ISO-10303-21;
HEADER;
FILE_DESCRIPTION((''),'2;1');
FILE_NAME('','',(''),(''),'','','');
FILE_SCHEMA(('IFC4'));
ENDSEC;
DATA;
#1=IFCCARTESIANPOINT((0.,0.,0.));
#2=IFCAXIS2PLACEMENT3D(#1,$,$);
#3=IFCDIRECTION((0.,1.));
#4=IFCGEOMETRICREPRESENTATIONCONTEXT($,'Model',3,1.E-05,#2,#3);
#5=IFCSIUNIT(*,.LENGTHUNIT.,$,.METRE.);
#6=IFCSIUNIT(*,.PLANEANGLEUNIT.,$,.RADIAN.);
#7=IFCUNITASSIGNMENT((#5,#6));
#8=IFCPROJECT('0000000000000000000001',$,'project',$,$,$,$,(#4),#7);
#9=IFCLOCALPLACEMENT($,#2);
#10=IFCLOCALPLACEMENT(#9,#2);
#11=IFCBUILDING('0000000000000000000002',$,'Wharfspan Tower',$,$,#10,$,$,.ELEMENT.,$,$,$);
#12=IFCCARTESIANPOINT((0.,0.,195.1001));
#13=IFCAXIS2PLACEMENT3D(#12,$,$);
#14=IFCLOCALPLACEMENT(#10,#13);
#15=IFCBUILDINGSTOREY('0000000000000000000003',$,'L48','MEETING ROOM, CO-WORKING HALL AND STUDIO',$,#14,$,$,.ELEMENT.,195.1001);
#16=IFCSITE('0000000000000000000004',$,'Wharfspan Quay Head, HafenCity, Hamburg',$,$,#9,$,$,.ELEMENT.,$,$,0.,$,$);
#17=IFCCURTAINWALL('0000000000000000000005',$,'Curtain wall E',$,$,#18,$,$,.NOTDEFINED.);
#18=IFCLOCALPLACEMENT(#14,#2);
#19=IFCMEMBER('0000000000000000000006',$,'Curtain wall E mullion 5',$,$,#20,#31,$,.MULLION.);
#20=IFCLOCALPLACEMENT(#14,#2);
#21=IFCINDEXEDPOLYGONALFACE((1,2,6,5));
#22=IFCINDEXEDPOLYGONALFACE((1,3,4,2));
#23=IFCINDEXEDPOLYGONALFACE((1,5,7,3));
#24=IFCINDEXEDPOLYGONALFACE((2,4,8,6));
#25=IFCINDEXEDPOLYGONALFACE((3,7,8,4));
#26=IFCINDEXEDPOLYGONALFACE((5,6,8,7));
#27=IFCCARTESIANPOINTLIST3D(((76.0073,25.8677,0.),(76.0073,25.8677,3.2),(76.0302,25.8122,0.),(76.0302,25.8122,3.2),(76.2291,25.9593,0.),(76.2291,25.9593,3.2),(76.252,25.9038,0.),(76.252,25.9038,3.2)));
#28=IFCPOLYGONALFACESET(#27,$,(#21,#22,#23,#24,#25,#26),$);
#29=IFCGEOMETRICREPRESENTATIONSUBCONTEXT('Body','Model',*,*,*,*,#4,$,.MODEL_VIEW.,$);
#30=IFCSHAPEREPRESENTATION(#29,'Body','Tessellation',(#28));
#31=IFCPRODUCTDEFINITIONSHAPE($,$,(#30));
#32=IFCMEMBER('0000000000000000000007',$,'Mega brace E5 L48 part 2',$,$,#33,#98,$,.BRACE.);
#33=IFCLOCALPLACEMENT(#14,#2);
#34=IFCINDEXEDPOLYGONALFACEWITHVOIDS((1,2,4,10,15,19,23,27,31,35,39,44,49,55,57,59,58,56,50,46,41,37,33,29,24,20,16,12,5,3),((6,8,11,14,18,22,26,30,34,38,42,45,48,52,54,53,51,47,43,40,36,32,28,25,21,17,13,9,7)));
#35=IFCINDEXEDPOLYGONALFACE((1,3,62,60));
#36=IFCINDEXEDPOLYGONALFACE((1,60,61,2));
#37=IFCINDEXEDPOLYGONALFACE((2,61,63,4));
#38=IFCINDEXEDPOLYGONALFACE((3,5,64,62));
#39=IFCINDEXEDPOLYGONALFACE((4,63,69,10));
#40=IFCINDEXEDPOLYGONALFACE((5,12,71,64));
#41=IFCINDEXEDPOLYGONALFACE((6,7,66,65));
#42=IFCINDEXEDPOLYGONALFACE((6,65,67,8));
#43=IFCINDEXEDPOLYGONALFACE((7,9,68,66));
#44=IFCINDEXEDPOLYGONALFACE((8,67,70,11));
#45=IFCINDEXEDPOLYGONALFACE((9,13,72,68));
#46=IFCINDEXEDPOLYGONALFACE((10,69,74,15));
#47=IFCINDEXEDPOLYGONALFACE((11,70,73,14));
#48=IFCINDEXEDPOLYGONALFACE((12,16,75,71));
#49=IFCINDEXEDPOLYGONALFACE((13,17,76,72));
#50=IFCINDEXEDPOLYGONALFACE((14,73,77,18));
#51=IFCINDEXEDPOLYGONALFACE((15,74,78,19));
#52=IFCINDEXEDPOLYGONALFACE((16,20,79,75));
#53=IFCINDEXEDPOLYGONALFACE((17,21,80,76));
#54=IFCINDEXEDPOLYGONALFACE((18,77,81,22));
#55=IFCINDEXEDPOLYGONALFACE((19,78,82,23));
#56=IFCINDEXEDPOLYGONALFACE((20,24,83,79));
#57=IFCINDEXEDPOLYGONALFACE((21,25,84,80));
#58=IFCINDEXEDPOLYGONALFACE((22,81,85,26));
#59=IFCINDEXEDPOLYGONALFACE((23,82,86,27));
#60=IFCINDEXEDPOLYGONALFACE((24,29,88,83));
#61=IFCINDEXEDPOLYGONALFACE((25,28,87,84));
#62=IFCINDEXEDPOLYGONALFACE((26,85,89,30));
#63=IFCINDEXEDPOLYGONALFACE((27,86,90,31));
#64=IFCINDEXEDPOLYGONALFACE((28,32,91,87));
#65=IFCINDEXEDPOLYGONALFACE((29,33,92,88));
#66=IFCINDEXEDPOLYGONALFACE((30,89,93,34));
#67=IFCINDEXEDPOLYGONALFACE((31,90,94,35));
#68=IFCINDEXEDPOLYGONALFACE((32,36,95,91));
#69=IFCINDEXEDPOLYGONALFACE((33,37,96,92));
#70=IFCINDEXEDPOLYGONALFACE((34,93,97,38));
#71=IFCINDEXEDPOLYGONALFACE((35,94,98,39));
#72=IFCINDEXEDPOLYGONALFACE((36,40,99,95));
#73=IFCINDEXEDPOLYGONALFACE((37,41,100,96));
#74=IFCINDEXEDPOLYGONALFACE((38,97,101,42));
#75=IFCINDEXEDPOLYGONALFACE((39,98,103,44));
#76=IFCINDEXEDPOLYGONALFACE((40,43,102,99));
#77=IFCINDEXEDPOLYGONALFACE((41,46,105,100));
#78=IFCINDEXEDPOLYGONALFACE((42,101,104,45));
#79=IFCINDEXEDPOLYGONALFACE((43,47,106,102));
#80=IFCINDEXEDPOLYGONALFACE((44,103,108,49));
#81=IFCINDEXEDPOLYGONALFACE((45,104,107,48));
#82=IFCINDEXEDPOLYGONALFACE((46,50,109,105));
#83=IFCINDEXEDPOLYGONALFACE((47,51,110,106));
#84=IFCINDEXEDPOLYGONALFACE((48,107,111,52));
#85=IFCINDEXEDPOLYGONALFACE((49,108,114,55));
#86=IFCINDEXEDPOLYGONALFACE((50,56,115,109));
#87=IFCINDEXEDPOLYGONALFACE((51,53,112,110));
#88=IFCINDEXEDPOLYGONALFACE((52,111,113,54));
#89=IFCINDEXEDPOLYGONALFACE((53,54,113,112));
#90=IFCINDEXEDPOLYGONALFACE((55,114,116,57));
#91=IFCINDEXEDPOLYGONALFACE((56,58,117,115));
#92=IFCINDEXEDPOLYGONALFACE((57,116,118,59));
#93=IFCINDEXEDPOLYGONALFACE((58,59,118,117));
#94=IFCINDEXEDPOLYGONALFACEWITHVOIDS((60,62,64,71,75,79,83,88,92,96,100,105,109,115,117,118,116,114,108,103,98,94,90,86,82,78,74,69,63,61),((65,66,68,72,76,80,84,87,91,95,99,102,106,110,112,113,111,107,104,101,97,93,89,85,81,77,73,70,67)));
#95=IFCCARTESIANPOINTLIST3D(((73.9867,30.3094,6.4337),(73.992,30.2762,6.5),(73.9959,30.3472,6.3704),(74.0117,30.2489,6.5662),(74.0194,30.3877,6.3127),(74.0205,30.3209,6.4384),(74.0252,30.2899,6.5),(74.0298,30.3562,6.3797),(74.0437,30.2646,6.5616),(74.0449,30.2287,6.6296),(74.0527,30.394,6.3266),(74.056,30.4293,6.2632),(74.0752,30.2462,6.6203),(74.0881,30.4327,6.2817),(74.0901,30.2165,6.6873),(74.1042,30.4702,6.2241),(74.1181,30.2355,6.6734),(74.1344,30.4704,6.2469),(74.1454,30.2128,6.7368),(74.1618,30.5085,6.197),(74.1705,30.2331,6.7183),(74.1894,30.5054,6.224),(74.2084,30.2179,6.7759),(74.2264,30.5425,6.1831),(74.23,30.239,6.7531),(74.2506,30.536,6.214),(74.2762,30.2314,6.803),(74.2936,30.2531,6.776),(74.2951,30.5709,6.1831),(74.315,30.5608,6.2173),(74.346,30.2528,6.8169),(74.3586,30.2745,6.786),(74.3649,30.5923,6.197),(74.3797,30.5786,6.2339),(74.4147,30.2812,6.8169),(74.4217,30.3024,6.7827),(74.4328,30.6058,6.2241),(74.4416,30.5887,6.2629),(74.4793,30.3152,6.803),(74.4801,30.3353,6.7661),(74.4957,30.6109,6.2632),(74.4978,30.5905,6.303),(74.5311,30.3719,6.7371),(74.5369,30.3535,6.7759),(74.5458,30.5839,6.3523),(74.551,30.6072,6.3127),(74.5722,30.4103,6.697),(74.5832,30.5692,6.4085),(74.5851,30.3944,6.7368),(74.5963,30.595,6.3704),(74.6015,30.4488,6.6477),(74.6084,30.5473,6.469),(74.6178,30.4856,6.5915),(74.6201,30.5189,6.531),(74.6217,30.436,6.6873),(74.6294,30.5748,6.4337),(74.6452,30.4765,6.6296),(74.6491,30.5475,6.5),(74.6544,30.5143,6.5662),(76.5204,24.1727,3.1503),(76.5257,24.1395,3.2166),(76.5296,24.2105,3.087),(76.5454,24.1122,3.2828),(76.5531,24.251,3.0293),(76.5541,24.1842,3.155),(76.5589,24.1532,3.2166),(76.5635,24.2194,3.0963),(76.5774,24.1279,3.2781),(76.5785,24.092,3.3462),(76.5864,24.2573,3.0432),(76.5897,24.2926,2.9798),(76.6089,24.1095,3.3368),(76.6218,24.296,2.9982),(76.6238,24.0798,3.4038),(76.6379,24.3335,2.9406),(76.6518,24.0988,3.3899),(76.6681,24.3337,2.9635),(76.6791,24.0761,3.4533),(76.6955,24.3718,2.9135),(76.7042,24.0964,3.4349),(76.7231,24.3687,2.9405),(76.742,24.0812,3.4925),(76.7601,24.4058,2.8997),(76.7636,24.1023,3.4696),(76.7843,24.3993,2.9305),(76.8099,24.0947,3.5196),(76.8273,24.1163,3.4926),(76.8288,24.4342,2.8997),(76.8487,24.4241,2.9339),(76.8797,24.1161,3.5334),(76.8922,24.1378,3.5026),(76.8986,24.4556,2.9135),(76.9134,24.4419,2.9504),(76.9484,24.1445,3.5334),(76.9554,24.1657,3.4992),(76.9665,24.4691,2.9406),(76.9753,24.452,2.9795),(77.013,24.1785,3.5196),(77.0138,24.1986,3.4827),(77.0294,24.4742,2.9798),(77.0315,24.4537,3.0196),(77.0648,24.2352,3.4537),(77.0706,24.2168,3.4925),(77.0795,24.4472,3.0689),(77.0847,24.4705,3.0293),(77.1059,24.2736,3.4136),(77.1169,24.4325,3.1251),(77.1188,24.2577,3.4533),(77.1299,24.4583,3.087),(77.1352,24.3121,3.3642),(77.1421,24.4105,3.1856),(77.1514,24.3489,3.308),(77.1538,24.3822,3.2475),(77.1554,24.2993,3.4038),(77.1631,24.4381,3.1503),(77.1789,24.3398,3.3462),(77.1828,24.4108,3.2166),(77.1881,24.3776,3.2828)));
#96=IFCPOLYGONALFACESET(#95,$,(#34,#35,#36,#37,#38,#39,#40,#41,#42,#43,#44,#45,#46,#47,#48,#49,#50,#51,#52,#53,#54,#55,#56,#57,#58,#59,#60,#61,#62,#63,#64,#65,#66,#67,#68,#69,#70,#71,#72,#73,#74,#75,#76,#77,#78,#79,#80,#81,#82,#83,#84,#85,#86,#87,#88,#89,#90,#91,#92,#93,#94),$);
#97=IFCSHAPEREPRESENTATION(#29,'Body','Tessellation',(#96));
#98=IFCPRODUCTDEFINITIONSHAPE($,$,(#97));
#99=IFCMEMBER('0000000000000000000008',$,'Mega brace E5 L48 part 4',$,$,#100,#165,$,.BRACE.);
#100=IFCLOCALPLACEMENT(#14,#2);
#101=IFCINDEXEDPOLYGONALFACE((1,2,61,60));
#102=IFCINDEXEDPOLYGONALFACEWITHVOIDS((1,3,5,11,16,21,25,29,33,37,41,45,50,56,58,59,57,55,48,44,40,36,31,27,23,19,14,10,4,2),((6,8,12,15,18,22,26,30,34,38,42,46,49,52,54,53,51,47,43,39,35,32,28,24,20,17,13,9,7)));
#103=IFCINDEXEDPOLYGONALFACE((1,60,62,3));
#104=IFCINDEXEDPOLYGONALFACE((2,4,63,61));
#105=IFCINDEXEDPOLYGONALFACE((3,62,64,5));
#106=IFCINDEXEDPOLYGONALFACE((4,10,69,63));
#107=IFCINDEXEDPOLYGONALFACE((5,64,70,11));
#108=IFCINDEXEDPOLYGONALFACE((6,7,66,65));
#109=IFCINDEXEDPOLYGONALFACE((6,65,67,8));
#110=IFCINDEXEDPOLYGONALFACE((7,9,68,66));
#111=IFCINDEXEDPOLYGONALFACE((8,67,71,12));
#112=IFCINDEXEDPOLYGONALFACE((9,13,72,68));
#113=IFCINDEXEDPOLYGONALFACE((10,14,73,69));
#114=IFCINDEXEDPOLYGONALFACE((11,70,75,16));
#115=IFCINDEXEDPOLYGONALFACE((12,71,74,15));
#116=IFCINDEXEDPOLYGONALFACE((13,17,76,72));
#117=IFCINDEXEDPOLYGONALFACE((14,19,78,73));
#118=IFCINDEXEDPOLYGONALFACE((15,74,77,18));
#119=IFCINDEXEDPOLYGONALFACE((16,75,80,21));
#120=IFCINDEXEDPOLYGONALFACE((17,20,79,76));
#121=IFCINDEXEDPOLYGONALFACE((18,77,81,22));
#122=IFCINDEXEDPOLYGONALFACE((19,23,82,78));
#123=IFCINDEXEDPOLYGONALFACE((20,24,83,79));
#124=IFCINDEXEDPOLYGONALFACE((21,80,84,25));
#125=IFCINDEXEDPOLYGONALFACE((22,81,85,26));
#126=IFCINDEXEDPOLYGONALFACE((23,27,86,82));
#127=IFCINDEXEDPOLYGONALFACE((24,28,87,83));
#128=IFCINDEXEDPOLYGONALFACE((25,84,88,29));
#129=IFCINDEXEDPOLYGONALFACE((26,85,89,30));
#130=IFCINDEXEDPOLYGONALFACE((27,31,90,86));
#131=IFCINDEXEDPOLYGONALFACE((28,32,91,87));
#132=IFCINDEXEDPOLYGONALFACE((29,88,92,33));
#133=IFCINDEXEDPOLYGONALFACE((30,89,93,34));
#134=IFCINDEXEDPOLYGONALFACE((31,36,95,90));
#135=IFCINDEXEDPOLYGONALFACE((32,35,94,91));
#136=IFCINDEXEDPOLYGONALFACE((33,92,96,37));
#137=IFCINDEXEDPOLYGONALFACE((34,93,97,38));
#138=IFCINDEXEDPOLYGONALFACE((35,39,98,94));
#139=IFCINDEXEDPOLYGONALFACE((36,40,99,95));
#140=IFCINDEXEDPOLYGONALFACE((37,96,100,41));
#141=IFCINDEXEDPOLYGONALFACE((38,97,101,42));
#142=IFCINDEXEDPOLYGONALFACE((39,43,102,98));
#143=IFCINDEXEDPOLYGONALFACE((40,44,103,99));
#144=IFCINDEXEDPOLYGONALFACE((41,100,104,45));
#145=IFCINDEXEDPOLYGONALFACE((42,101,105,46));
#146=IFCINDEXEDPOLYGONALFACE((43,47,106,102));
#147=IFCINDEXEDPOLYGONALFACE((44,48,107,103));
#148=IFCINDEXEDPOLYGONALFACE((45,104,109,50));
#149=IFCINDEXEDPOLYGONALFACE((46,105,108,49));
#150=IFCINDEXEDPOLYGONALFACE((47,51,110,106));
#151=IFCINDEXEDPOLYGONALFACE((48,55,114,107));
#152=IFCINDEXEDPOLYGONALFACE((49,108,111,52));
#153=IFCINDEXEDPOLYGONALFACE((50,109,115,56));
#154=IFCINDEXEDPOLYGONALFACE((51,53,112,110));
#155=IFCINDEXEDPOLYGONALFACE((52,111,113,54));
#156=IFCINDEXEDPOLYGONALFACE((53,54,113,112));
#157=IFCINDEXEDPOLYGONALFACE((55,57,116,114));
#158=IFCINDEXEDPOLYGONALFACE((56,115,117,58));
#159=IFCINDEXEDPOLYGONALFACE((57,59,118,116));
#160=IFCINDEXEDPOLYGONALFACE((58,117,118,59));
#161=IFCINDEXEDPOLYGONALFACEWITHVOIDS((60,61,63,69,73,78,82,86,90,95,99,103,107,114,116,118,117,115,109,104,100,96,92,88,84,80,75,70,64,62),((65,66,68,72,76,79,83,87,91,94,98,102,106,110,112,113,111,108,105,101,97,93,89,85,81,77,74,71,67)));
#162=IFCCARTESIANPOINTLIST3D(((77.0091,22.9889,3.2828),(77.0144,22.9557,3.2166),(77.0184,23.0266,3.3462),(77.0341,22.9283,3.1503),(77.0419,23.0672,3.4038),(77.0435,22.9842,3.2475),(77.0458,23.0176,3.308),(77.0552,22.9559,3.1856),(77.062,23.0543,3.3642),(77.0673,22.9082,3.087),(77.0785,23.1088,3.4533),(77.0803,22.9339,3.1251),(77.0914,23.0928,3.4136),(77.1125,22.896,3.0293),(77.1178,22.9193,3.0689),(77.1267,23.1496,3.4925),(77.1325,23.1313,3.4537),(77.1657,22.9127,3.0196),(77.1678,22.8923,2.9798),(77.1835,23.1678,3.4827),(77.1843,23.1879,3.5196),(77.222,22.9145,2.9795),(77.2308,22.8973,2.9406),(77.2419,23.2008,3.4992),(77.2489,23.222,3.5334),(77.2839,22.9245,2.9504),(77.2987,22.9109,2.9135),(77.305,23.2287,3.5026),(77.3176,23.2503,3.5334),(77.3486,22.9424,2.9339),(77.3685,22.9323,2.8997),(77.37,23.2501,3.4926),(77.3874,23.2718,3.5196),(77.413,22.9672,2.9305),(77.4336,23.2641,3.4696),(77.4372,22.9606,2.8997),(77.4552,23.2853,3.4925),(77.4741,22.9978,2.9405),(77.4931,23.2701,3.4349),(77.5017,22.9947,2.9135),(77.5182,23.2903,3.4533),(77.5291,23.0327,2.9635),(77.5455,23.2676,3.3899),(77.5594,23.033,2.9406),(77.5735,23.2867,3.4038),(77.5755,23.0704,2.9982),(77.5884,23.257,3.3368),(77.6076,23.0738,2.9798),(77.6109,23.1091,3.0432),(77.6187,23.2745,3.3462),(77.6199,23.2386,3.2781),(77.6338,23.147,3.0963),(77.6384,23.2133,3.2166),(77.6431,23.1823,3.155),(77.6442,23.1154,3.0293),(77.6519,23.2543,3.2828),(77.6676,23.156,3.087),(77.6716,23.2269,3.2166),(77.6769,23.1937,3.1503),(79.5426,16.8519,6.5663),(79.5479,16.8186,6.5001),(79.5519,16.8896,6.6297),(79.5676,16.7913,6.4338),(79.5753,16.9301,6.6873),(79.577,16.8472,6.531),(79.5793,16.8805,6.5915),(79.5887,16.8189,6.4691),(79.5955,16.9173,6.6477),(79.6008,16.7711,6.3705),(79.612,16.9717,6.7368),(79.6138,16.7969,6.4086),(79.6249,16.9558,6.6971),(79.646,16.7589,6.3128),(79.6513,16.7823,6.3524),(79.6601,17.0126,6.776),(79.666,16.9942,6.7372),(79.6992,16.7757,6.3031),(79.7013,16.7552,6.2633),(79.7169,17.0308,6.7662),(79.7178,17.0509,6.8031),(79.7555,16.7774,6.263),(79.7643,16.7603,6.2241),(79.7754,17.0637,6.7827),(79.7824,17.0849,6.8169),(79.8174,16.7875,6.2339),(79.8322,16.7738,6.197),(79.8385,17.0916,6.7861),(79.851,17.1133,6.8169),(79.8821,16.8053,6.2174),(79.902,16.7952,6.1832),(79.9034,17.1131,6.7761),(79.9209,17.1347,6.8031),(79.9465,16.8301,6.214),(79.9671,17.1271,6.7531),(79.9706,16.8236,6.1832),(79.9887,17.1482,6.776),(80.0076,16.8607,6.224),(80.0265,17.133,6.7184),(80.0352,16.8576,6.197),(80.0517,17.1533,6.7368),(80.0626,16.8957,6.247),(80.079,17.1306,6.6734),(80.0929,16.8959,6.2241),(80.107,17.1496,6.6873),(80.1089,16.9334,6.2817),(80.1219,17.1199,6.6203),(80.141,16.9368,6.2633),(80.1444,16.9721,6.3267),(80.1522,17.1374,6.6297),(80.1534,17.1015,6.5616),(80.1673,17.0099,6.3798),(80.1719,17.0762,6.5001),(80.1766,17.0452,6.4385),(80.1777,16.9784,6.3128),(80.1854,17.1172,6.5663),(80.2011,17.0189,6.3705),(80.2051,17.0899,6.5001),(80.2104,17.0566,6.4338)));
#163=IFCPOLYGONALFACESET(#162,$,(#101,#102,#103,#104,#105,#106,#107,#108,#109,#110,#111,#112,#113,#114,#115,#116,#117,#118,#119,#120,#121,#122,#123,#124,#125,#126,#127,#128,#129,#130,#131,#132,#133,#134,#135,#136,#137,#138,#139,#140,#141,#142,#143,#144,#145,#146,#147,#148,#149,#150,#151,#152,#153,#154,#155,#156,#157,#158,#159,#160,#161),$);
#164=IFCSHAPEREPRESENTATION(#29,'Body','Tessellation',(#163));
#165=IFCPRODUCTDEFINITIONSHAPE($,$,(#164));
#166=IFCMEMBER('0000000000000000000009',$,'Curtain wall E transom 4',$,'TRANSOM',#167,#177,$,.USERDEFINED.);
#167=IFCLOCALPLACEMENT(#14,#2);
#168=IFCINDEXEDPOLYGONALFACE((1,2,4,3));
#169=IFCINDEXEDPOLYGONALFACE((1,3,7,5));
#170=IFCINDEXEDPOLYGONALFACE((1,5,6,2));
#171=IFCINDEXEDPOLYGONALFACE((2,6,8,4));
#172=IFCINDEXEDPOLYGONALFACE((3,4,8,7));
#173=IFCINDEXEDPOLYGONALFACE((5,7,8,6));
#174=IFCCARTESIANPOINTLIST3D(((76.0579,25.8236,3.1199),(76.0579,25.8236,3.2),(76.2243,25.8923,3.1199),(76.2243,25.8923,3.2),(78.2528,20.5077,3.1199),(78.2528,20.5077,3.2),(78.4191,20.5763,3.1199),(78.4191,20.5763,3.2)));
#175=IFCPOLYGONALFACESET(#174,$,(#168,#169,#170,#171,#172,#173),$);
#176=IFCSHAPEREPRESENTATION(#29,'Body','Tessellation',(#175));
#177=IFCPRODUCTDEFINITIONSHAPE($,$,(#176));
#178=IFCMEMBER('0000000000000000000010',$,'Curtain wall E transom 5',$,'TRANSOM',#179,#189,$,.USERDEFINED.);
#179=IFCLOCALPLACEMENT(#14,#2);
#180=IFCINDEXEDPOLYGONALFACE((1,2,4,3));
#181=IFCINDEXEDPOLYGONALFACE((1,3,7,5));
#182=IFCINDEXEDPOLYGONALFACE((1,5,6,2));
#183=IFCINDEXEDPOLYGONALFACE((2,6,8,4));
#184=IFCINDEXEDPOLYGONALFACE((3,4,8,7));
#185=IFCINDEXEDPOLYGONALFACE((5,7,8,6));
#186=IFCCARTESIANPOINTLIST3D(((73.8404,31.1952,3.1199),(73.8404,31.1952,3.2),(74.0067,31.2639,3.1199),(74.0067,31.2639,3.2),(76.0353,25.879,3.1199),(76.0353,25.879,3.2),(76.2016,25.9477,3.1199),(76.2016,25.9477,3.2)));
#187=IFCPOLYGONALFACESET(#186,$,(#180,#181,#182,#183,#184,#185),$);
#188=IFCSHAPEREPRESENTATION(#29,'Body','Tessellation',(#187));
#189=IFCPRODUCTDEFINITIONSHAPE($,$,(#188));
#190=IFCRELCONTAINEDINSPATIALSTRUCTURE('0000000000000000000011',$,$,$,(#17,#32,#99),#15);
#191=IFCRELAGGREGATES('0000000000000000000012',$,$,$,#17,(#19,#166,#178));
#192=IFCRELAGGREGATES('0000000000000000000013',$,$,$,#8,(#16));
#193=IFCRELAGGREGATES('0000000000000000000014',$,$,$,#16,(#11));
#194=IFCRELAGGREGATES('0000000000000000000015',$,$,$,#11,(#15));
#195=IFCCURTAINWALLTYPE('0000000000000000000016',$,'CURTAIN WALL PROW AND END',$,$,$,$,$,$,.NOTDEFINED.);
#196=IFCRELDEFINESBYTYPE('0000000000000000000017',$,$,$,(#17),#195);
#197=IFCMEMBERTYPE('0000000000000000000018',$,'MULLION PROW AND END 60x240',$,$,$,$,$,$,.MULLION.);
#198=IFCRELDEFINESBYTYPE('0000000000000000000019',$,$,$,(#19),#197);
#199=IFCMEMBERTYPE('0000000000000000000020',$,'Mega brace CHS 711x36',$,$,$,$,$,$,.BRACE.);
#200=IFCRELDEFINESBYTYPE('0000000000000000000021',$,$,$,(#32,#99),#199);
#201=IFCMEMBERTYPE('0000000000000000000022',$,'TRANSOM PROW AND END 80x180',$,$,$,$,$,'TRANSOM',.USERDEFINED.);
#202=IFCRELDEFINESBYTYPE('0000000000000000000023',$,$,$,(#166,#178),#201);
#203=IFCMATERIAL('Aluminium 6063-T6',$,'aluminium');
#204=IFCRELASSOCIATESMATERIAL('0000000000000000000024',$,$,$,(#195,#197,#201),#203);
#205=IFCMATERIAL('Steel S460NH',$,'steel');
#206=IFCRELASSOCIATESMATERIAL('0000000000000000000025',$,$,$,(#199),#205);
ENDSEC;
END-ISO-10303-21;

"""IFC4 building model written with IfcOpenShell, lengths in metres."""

from ifc_helpers import new_model, si_unit, direction, frame, origin, origin_2d, place, context, subcontext, project, spatial, rectangle, hollow_circle, extrude, material, material_profile, profile_set, type_object, element, aggregate, save


model = new_model("IFC4")

# Units and contexts
model_context = context("Model", 3, precision=1e-05, world=origin(), true_north=direction((0.0, 1.0)))
body_context = subcontext(model_context, "Body", "Model", "MODEL_VIEW")
ifc_project = project(units=[si_unit("LENGTHUNIT", "METRE"), si_unit("PLANEANGLEUNIT", "RADIAN")], contexts=[model_context])

# Site, building, storey
site_placement = place(None, origin())
site = spatial("IfcSite", under=ifc_project, at=site_placement, Name="Wharfspan Quay Head, HafenCity, Hamburg", CompositionType="ELEMENT", RefElevation=0.0)
building_placement = place(site_placement, origin())
building = spatial("IfcBuilding", under=site, at=building_placement, Name="Wharfspan Tower", CompositionType="ELEMENT")
storey_placement = place(building_placement, frame((0.0, 0.0, 195.1001)))
storey = spatial("IfcBuildingStorey", under=building, at=storey_placement, Name="L48", Description="MEETING ROOM, CO-WORKING HALL AND STUDIO", CompositionType="ELEMENT", Elevation=195.1001)

# Curtain wall, member
ifc_material_1 = material(Name="Aluminium 6063-T6", Category="aluminium")
curtain_wall_type = type_object("IfcCurtainWallType", Name="CURTAIN WALL PROW AND END", PredefinedType="NOTDEFINED", material=ifc_material_1)
curtain_wall_placement = place(storey_placement, origin())
curtain_wall = element("IfcCurtainWall", 1, at=curtain_wall_placement, inside=storey, type_object=curtain_wall_type, Name="Curtain wall E", PredefinedType="NOTDEFINED")
ifc_material_profile_1 = material_profile(ifc_material_1, rectangle(XDim=0.24, YDim=0.0601, at=origin_2d()))
ifc_profile_set_1 = profile_set([ifc_material_profile_1], Name="Aluminium 6063-T6")
member_type_1 = type_object("IfcMemberType", Name="MULLION PROW AND END 60x240", PredefinedType="MULLION", material=ifc_profile_set_1)
member_1_placement = place(storey_placement, frame((76.1296, 25.8857, 0.0), z_axis=(0.0, 0.0, 1.0), x_axis=(-0.924325, -0.381602, 0.0)))
member_1 = element("IfcMember", 2, at=member_1_placement, type_object=member_type_1, Name="Curtain wall E mullion 5", PredefinedType="MULLION", context=body_context, shape_type="SweptSolid", body=[
    extrude(rectangle(XDim=0.24, YDim=0.0601, at=origin_2d()), origin(), (0.0, 0.0, 1.0), 3.2),
])

# Members
ifc_material_2 = material(Name="Steel S460NH", Category="steel")
ifc_material_profile_2 = material_profile(ifc_material_2, hollow_circle(Radius=0.3555, WallThickness=0.0359, at=origin_2d()))
ifc_profile_set_2 = profile_set([ifc_material_profile_2], Name="Steel S460NH")
member_type_2 = type_object("IfcMemberType", Name="Mega brace CHS 711x36", PredefinedType="BRACE", material=ifc_profile_set_2)
member_2_placement = place(storey_placement, frame((76.8542, 24.2751, 3.2166), z_axis=(-0.342079, 0.828531, 0.443305), x_axis=(-0.924316, -0.381624, -0.000004)))
element("IfcMember", 3, at=member_2_placement, inside=storey, type_object=member_type_2, Name="Mega brace E5 L48 part 2", PredefinedType="BRACE", context=body_context, shape_type="SweptSolid", body=[
    extrude(hollow_circle(Radius=0.3555, WallThickness=0.0359, at=origin_2d()), origin(), (0.0, 0.0, 1.0), 7.4067),
])
member_3_placement = place(storey_placement, frame((77.343, 23.0913, 3.2166), z_axis=(0.34204, -0.82855, 0.443298), x_axis=(0.924336, 0.38158, -0.000004)))
element("IfcMember", 4, at=member_3_placement, inside=storey, type_object=member_type_2, Name="Mega brace E5 L48 part 4", PredefinedType="BRACE", context=body_context, shape_type="SweptSolid", body=[
    extrude(hollow_circle(Radius=0.3555, WallThickness=0.0359, at=origin_2d()), origin(), (0.0, 0.0, 1.0), 7.407),
])

# Members
ifc_material_profile_3 = material_profile(ifc_material_1, rectangle(XDim=0.1799, YDim=0.0801, at=origin_2d()))
ifc_profile_set_3 = profile_set([ifc_material_profile_3], Name="Aluminium 6063-T6")
member_type_3 = type_object("IfcMemberType", Name="TRANSOM PROW AND END 80x180", ElementType="TRANSOM", PredefinedType="USERDEFINED", material=ifc_profile_set_3)
member_4_placement = place(storey_placement, frame((78.3359, 20.542, 3.1599), z_axis=(-0.381629, 0.924315, 0.0), x_axis=(-0.924315, -0.381629, 0.0)))
member_4 = element("IfcMember", 5, at=member_4_placement, type_object=member_type_3, Name="Curtain wall E transom 4", ObjectType="TRANSOM", PredefinedType="USERDEFINED", context=body_context, shape_type="SweptSolid", body=[
    extrude(rectangle(XDim=0.1799, YDim=0.0801, at=origin_2d()), origin(), (0.0, 0.0, 1.0), 5.7512),
])
member_5_placement = place(storey_placement, frame((76.1184, 25.9133, 3.1599), z_axis=(-0.381614, 0.924322, 0.0), x_axis=(-0.924322, -0.381614, 0.0)))
member_5 = element("IfcMember", 6, at=member_5_placement, type_object=member_type_3, Name="Curtain wall E transom 5", ObjectType="TRANSOM", PredefinedType="USERDEFINED", context=body_context, shape_type="SweptSolid", body=[
    extrude(rectangle(XDim=0.1799, YDim=0.0801, at=origin_2d()), origin(), (0.0, 0.0, 1.0), 5.7515),
])

aggregate(curtain_wall, [member_1, member_4, member_5])

save(model, "model.ifc")
